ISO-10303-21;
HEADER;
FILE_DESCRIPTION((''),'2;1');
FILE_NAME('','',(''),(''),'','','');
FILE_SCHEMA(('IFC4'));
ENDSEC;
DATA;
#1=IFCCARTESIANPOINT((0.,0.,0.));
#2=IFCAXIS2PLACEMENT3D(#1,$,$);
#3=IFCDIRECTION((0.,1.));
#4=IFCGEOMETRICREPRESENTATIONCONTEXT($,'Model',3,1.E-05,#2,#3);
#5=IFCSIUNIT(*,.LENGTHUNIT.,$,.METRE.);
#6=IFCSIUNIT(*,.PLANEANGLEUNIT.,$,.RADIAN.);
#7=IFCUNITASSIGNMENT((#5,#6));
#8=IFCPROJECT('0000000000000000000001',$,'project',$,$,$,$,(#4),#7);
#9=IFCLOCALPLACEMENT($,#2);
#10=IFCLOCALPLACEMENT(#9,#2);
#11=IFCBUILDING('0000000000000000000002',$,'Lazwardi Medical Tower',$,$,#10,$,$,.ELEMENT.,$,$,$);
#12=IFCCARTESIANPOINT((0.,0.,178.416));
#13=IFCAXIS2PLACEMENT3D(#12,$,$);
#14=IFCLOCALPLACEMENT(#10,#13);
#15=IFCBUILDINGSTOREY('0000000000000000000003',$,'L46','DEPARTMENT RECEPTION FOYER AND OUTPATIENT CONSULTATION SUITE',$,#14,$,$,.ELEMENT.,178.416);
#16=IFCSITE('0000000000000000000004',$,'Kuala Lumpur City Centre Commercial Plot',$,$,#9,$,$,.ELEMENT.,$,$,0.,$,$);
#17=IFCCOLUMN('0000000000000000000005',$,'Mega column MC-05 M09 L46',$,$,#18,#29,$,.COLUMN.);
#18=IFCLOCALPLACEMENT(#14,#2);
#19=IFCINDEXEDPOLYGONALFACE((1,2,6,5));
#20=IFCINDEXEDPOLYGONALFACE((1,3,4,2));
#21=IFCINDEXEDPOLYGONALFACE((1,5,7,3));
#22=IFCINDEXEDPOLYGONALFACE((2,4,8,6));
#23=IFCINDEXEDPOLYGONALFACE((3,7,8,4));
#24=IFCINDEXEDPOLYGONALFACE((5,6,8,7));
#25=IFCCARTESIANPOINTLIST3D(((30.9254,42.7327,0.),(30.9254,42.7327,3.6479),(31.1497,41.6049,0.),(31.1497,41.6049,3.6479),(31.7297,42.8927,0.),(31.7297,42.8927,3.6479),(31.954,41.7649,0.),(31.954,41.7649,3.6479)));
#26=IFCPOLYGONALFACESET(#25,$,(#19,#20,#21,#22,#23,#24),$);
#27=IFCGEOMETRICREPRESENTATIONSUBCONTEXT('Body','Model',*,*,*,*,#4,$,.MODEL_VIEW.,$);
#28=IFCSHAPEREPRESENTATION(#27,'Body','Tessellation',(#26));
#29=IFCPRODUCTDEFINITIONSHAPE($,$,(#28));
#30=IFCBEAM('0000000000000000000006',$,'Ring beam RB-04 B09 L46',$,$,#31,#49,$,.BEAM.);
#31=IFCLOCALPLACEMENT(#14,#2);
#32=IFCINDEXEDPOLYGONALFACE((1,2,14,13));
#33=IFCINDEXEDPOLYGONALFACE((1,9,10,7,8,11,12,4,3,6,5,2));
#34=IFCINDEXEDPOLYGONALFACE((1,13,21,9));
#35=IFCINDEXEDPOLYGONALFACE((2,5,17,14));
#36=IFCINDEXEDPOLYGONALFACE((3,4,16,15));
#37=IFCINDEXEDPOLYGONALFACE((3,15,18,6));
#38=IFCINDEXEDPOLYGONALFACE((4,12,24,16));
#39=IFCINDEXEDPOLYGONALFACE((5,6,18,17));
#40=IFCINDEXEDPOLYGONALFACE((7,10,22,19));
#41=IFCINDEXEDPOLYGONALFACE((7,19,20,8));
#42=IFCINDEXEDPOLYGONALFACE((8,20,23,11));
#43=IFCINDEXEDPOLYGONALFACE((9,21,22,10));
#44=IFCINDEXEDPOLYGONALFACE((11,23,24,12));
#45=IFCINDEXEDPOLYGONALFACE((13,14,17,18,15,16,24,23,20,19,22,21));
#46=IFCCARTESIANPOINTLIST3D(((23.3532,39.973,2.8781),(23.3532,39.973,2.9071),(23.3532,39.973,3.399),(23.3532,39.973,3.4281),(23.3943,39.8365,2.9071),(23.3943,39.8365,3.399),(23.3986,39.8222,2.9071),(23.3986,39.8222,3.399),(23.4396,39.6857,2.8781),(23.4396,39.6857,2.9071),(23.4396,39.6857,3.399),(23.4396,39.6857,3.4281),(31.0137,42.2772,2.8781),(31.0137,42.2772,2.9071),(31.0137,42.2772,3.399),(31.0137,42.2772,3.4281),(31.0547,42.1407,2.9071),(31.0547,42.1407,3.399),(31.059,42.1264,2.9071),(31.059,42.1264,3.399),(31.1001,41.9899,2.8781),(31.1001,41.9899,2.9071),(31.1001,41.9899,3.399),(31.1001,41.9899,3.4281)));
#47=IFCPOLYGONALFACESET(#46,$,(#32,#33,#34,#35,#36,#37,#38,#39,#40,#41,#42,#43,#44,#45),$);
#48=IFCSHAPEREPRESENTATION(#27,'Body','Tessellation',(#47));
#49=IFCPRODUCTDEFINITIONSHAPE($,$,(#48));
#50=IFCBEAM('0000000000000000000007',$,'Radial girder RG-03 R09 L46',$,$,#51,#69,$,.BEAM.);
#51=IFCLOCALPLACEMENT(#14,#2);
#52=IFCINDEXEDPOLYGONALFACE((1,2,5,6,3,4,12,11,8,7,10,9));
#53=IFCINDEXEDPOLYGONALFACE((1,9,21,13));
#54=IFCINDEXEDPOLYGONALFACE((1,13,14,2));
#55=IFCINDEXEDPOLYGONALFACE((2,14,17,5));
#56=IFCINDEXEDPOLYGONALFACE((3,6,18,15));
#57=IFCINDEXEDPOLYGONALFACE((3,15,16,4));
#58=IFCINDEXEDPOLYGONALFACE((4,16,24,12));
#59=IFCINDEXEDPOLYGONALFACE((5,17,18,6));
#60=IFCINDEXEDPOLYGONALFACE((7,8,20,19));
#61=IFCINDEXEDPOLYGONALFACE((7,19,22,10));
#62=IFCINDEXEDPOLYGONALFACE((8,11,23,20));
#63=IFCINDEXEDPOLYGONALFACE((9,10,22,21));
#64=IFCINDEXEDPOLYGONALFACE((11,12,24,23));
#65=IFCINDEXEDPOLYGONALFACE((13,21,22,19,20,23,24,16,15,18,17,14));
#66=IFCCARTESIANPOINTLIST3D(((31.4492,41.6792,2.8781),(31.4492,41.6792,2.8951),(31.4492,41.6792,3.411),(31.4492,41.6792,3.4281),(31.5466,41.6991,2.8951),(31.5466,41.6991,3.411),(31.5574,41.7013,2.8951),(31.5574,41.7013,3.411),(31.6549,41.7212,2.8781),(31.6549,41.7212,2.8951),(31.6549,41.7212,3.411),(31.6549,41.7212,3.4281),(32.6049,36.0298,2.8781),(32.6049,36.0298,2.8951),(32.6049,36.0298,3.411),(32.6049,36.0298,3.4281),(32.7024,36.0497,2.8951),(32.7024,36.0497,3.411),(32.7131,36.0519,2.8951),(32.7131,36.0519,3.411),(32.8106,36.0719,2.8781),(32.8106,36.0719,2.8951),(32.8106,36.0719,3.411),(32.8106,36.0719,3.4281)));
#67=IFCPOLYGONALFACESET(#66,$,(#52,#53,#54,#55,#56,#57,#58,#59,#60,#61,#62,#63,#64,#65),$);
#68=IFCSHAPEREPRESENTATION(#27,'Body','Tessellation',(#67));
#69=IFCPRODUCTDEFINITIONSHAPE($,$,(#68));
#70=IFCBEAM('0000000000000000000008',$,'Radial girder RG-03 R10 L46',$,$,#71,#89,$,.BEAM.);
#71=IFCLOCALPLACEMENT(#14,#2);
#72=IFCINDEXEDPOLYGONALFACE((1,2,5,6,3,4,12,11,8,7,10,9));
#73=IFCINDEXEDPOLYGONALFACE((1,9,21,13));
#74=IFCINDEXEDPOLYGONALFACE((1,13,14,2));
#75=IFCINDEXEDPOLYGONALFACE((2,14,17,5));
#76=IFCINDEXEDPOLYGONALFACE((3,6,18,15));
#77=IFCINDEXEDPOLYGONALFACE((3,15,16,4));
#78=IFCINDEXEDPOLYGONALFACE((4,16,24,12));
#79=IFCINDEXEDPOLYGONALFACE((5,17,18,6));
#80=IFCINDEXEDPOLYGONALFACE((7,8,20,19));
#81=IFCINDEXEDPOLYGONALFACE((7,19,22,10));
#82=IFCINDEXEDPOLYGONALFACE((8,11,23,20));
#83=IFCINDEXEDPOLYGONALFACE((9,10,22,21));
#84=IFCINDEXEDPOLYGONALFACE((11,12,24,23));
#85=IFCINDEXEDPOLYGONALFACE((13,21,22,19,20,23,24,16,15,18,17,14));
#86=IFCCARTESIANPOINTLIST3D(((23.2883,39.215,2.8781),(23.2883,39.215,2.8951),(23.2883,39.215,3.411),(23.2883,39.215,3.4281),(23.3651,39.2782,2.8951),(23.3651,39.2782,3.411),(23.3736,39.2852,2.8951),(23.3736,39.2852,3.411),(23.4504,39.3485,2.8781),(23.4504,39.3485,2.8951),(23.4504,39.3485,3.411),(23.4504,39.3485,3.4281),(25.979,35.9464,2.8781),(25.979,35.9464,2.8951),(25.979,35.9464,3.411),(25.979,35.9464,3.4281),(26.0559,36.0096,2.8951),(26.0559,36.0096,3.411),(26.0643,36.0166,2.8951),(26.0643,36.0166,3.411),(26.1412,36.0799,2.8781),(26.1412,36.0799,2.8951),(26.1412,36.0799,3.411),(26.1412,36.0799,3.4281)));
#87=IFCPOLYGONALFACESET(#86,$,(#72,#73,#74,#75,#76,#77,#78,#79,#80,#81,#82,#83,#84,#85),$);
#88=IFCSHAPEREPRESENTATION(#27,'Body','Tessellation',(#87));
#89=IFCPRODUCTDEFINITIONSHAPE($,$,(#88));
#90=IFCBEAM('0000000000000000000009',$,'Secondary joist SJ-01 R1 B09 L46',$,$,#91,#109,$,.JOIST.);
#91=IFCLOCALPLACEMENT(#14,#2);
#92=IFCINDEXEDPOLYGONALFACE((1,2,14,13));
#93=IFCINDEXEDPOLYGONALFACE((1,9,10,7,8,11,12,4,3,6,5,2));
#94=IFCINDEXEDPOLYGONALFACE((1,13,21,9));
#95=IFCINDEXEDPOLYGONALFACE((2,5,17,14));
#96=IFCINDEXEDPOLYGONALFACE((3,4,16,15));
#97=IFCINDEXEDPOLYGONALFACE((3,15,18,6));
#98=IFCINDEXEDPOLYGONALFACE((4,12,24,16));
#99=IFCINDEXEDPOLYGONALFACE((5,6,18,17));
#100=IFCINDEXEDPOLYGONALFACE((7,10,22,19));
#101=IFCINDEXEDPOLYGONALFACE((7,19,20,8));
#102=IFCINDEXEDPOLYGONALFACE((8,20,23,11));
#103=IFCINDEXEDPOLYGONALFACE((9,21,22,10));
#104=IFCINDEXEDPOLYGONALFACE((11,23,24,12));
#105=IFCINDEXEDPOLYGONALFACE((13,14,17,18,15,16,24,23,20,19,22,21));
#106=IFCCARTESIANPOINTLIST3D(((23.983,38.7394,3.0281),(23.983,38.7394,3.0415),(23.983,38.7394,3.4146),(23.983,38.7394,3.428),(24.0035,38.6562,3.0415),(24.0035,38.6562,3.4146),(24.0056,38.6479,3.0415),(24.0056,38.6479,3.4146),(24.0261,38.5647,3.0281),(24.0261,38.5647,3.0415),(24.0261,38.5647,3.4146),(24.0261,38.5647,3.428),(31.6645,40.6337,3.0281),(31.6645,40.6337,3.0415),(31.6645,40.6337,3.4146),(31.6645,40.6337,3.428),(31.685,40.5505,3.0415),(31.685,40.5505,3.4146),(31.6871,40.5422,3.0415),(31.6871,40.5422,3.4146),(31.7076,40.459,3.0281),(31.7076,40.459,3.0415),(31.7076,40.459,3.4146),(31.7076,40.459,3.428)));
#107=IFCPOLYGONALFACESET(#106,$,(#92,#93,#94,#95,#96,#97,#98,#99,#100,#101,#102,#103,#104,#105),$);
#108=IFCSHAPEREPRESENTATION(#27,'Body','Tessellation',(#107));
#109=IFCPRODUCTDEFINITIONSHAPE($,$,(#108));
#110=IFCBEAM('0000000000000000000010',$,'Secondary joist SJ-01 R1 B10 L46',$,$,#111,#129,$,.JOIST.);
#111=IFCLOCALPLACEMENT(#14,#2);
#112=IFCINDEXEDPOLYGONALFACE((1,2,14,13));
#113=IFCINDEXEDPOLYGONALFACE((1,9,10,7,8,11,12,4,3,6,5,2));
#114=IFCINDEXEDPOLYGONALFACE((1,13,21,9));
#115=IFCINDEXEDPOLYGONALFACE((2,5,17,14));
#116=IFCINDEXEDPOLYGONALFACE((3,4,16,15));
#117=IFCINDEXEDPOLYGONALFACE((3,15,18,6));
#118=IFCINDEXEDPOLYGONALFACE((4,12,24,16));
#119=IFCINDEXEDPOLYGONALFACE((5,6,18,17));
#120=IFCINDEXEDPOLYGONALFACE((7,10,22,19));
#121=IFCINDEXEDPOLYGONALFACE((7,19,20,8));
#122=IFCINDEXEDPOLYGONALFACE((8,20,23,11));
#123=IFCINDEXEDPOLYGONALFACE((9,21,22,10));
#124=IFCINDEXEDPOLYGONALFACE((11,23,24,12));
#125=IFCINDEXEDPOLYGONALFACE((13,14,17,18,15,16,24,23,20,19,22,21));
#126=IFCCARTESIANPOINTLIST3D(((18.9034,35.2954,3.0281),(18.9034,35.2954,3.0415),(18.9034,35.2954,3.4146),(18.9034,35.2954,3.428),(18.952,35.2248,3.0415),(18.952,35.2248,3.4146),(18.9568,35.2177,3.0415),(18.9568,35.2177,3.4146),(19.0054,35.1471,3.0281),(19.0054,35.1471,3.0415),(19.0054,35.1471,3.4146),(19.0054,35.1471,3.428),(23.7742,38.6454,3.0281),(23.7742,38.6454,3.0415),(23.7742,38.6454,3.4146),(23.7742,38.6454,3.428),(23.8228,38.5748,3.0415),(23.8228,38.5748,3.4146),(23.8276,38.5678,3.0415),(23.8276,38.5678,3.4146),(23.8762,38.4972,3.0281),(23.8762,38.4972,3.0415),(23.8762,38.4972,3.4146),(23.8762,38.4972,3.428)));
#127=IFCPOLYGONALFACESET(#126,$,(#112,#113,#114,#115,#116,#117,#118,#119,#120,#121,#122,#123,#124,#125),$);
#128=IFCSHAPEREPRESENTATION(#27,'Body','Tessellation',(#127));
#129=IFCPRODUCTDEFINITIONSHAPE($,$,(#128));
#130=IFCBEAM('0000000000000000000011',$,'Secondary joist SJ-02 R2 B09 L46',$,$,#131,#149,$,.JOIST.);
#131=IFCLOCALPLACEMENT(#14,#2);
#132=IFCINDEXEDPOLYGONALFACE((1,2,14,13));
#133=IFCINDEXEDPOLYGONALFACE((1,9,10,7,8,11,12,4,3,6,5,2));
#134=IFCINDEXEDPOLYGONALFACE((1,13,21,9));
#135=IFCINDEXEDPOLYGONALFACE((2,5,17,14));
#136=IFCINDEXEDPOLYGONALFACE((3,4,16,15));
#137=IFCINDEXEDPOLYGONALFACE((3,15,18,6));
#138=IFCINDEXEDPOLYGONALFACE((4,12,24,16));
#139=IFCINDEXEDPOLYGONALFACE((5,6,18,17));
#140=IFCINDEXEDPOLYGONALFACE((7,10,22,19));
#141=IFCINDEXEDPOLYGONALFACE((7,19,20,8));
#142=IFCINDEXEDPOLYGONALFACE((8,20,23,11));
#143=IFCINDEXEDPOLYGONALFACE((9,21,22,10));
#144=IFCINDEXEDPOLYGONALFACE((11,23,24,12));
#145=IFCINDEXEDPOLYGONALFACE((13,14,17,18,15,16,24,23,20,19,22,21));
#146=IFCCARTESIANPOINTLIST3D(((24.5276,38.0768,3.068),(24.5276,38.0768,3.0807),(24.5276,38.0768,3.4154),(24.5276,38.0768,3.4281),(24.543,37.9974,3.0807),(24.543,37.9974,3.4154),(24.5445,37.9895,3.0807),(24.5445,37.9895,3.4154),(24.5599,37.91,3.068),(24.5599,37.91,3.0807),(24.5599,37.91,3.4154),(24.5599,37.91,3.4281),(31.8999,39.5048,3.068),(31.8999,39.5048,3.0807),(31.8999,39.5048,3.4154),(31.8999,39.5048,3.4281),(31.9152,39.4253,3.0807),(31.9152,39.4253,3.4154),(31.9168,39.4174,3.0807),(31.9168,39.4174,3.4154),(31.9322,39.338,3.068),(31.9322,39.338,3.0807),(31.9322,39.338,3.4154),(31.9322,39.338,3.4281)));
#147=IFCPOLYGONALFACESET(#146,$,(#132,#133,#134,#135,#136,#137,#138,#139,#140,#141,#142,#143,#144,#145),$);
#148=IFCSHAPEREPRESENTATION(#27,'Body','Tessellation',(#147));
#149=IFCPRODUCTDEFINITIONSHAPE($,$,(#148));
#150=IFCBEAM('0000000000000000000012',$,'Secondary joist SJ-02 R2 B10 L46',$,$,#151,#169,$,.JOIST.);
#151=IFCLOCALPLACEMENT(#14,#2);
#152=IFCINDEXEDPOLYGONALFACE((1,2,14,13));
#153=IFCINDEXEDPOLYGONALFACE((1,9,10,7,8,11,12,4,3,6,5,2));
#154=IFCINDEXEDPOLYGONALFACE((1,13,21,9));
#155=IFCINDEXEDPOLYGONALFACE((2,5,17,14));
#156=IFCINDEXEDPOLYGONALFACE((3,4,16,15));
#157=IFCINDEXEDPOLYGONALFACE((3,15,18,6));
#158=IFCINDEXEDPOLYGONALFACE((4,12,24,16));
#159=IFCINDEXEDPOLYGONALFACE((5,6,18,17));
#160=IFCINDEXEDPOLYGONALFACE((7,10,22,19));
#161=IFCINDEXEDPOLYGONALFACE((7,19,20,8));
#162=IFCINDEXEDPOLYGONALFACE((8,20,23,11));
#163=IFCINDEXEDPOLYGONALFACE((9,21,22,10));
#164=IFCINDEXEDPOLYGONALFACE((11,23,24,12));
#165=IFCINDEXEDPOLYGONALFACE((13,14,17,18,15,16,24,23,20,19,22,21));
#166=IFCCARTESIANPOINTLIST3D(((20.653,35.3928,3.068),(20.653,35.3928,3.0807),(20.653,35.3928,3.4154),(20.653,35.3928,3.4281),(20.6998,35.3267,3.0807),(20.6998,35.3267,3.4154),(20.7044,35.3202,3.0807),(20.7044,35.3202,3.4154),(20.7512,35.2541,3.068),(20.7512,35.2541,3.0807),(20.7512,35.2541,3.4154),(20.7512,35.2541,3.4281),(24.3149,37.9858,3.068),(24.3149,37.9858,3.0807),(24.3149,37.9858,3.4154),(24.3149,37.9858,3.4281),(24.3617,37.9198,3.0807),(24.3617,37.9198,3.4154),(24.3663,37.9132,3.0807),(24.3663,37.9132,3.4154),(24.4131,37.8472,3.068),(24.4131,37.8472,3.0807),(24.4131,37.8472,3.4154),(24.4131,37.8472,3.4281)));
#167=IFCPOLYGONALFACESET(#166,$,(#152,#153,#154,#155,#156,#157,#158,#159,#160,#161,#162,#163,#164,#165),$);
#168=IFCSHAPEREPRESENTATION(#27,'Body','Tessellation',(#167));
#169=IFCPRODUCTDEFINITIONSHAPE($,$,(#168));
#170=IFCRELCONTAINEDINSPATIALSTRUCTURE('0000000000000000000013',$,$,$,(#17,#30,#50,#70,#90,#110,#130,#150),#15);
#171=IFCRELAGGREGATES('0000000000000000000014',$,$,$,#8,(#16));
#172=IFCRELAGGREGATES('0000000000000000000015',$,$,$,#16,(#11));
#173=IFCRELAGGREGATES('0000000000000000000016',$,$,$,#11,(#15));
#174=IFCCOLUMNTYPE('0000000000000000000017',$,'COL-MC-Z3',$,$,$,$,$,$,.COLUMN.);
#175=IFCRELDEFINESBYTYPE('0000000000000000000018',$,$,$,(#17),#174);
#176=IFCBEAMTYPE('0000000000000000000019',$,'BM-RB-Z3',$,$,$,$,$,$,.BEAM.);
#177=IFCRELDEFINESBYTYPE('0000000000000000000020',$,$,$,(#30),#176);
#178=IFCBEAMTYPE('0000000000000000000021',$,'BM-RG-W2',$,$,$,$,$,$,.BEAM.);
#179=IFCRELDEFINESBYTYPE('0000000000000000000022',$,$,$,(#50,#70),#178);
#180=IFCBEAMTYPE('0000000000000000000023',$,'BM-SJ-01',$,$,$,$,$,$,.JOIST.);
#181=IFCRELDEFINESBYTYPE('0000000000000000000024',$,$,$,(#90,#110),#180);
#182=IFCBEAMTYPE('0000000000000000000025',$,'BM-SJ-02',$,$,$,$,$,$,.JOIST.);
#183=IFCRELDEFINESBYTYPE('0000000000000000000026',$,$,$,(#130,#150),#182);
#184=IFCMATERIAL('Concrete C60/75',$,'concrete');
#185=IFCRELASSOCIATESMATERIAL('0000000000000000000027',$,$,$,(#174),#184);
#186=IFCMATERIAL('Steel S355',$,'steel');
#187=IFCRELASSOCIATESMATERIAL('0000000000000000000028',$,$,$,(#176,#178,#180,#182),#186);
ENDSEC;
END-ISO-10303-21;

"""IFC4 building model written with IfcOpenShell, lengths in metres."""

from ifc_helpers import new_model, si_unit, direction, frame, origin, origin_2d, place, context, subcontext, project, spatial, rectangle, i_section, extrude, material, material_profile, profile_set, type_object, element, save


model = new_model("IFC4")

# Units and contexts
model_context = context("Model", 3, precision=1e-05, world=origin(), true_north=direction((0.0, 1.0)))
body_context = subcontext(model_context, "Body", "Model", "MODEL_VIEW")
ifc_project = project(units=[si_unit("LENGTHUNIT", "METRE"), si_unit("PLANEANGLEUNIT", "RADIAN")], contexts=[model_context])

# Site, building, storey
site_placement = place(None, origin())
site = spatial("IfcSite", under=ifc_project, at=site_placement, Name="Kuala Lumpur City Centre Commercial Plot", CompositionType="ELEMENT", RefElevation=0.0)
building_placement = place(site_placement, origin())
building = spatial("IfcBuilding", under=site, at=building_placement, Name="Lazwardi Medical Tower", CompositionType="ELEMENT")
storey_placement = place(building_placement, frame((0.0, 0.0, 178.416)))
storey = spatial("IfcBuildingStorey", under=building, at=storey_placement, Name="L46", Description="DEPARTMENT RECEPTION FOYER AND OUTPATIENT CONSULTATION SUITE", CompositionType="ELEMENT", Elevation=178.416)

# Column
ifc_material_1 = material(Name="Concrete C60/75", Category="concrete")
ifc_material_profile_1 = material_profile(ifc_material_1, rectangle(XDim=1.1499, YDim=0.8201, at=origin_2d()), Name="CFT-RECT 1150x820")
ifc_profile_set_1 = profile_set([ifc_material_profile_1], Name="Concrete C60/75")
column_type = type_object("IfcColumnType", Name="COL-MC-Z3", PredefinedType="COLUMN", material=ifc_profile_set_1)
column_placement = place(storey_placement, frame((31.4397, 42.2488, 0.0), z_axis=(0.0, 0.0, 1.0), x_axis=(-0.19509, 0.980785, 0.0)))
element("IfcColumn", 1, at=column_placement, inside=storey, type_object=column_type, Name="Mega column MC-05 M09 L46", PredefinedType="COLUMN", context=body_context, shape_type="SweptSolid", body=[
    extrude(rectangle(XDim=1.1499, YDim=0.8201, at=origin_2d()), origin(), (0.0, 0.0, 1.0), 3.6479),
])

# Beams
ifc_material_2 = material(Name="Steel S355", Category="steel")
ifc_material_profile_2 = material_profile(ifc_material_2, i_section(OverallWidth=0.3, OverallDepth=0.55, WebThickness=0.0149, FlangeThickness=0.0291, at=origin_2d()), Name="HEB 550")
ifc_profile_set_2 = profile_set([ifc_material_profile_2], Name="Steel S355")
beam_type_1 = type_object("IfcBeamType", Name="BM-RB-Z3", PredefinedType="BEAM", material=ifc_profile_set_2)
beam_1_placement = place(storey_placement, frame((31.0569, 42.1335, 3.1531), z_axis=(-0.957617, -0.288045, 0.0), x_axis=(0.288045, -0.957617, 0.0)))
element("IfcBeam", 2, at=beam_1_placement, inside=storey, type_object=beam_type_1, Name="Ring beam RB-04 B09 L46", PredefinedType="BEAM", context=body_context, shape_type="SweptSolid", body=[
    extrude(i_section(OverallWidth=0.3, OverallDepth=0.55, WebThickness=0.0149, FlangeThickness=0.0291, at=origin_2d()), origin(), (0.0, 0.0, 1.0), 7.9995),
])
ifc_material_profile_3 = material_profile(ifc_material_2, i_section(OverallWidth=0.21, OverallDepth=0.55, WebThickness=0.011, FlangeThickness=0.0171, at=origin_2d()), Name="IPE 550")
ifc_profile_set_3 = profile_set([ifc_material_profile_3], Name="Steel S355")
beam_type_2 = type_object("IfcBeamType", Name="BM-RG-W2", PredefinedType="BEAM", material=ifc_profile_set_3)
beam_2_placement = place(storey_placement, frame((31.552, 41.7002, 3.1531), z_axis=(0.200429, -0.979708, 0.0), x_axis=(0.979708, 0.200429, 0.0)))
element("IfcBeam", 3, at=beam_2_placement, inside=storey, type_object=beam_type_2, Name="Radial girder RG-03 R09 L46", PredefinedType="BEAM", context=body_context, shape_type="SweptSolid", body=[
    extrude(i_section(OverallWidth=0.21, OverallDepth=0.55, WebThickness=0.011, FlangeThickness=0.0171, at=origin_2d()), origin(), (0.0, 0.0, 1.0), 5.7664),
])
beam_3_placement = place(storey_placement, frame((23.3694, 39.2817, 3.1531), z_axis=(0.635556, -0.772055, 0.0), x_axis=(0.772055, 0.635556, 0.0)))
element("IfcBeam", 4, at=beam_3_placement, inside=storey, type_object=beam_type_2, Name="Radial girder RG-03 R10 L46", PredefinedType="BEAM", context=body_context, shape_type="SweptSolid", body=[
    extrude(i_section(OverallWidth=0.21, OverallDepth=0.55, WebThickness=0.011, FlangeThickness=0.0171, at=origin_2d()), origin(), (0.0, 0.0, 1.0), 4.2336),
])
ifc_material_profile_4 = material_profile(ifc_material_2, i_section(OverallWidth=0.1799, OverallDepth=0.3999, WebThickness=0.0085, FlangeThickness=0.0134, at=origin_2d()), Name="IPE 400")
ifc_profile_set_4 = profile_set([ifc_material_profile_4], Name="Steel S355")
beam_type_3 = type_object("IfcBeamType", Name="BM-SJ-01", PredefinedType="JOIST", material=ifc_profile_set_4)
beam_4_placement = place(storey_placement, frame((31.686, 40.5464, 3.228), z_axis=(-0.970913, -0.239434, 0.0), x_axis=(0.239434, -0.970913, 0.0)))
element("IfcBeam", 5, at=beam_4_placement, inside=storey, type_object=beam_type_3, Name="Secondary joist SJ-01 R1 B09 L46", PredefinedType="JOIST", context=body_context, shape_type="SweptSolid", body=[
    extrude(i_section(OverallWidth=0.1799, OverallDepth=0.3999, WebThickness=0.0085, FlangeThickness=0.0134, at=origin_2d()), origin(), (0.0, 0.0, 1.0), 7.9116),
])
beam_5_placement = place(storey_placement, frame((23.8252, 38.5713, 3.228), z_axis=(-0.823932, -0.566688, 0.0), x_axis=(0.566688, -0.823932, 0.0)))
element("IfcBeam", 6, at=beam_5_placement, inside=storey, type_object=beam_type_3, Name="Secondary joist SJ-01 R1 B10 L46", PredefinedType="JOIST", context=body_context, shape_type="SweptSolid", body=[
    extrude(i_section(OverallWidth=0.1799, OverallDepth=0.3999, WebThickness=0.0085, FlangeThickness=0.0134, at=origin_2d()), origin(), (0.0, 0.0, 1.0), 5.9116),
])
ifc_material_profile_5 = material_profile(ifc_material_2, i_section(OverallWidth=0.1699, OverallDepth=0.3601, WebThickness=0.0081, FlangeThickness=0.0127, at=origin_2d()), Name="IPE 360")
ifc_profile_set_5 = profile_set([ifc_material_profile_5], Name="Steel S355")
beam_type_4 = type_object("IfcBeamType", Name="BM-SJ-02", PredefinedType="JOIST", material=ifc_profile_set_5)
beam_6_placement = place(storey_placement, frame((31.916, 39.4214, 3.248), z_axis=(-0.981753, -0.19016, 0.0), x_axis=(0.19016, -0.981753, 0.0)))
element("IfcBeam", 7, at=beam_6_placement, inside=storey, type_object=beam_type_4, Name="Secondary joist SJ-02 R2 B09 L46", PredefinedType="JOIST", context=body_context, shape_type="SweptSolid", body=[
    extrude(i_section(OverallWidth=0.1699, OverallDepth=0.3601, WebThickness=0.0081, FlangeThickness=0.0127, at=origin_2d()), origin(), (0.0, 0.0, 1.0), 7.5093),
])
beam_7_placement = place(storey_placement, frame((24.364, 37.9165, 3.248), z_axis=(-0.816109, -0.577898, 0.0), x_axis=(0.577898, -0.816109, 0.0)))
element("IfcBeam", 8, at=beam_7_placement, inside=storey, type_object=beam_type_4, Name="Secondary joist SJ-02 R2 B10 L46", PredefinedType="JOIST", context=body_context, shape_type="SweptSolid", body=[
    extrude(i_section(OverallWidth=0.1699, OverallDepth=0.3601, WebThickness=0.0081, FlangeThickness=0.0127, at=origin_2d()), origin(), (0.0, 0.0, 1.0), 4.4871),
])

save(model, "model.ifc")
